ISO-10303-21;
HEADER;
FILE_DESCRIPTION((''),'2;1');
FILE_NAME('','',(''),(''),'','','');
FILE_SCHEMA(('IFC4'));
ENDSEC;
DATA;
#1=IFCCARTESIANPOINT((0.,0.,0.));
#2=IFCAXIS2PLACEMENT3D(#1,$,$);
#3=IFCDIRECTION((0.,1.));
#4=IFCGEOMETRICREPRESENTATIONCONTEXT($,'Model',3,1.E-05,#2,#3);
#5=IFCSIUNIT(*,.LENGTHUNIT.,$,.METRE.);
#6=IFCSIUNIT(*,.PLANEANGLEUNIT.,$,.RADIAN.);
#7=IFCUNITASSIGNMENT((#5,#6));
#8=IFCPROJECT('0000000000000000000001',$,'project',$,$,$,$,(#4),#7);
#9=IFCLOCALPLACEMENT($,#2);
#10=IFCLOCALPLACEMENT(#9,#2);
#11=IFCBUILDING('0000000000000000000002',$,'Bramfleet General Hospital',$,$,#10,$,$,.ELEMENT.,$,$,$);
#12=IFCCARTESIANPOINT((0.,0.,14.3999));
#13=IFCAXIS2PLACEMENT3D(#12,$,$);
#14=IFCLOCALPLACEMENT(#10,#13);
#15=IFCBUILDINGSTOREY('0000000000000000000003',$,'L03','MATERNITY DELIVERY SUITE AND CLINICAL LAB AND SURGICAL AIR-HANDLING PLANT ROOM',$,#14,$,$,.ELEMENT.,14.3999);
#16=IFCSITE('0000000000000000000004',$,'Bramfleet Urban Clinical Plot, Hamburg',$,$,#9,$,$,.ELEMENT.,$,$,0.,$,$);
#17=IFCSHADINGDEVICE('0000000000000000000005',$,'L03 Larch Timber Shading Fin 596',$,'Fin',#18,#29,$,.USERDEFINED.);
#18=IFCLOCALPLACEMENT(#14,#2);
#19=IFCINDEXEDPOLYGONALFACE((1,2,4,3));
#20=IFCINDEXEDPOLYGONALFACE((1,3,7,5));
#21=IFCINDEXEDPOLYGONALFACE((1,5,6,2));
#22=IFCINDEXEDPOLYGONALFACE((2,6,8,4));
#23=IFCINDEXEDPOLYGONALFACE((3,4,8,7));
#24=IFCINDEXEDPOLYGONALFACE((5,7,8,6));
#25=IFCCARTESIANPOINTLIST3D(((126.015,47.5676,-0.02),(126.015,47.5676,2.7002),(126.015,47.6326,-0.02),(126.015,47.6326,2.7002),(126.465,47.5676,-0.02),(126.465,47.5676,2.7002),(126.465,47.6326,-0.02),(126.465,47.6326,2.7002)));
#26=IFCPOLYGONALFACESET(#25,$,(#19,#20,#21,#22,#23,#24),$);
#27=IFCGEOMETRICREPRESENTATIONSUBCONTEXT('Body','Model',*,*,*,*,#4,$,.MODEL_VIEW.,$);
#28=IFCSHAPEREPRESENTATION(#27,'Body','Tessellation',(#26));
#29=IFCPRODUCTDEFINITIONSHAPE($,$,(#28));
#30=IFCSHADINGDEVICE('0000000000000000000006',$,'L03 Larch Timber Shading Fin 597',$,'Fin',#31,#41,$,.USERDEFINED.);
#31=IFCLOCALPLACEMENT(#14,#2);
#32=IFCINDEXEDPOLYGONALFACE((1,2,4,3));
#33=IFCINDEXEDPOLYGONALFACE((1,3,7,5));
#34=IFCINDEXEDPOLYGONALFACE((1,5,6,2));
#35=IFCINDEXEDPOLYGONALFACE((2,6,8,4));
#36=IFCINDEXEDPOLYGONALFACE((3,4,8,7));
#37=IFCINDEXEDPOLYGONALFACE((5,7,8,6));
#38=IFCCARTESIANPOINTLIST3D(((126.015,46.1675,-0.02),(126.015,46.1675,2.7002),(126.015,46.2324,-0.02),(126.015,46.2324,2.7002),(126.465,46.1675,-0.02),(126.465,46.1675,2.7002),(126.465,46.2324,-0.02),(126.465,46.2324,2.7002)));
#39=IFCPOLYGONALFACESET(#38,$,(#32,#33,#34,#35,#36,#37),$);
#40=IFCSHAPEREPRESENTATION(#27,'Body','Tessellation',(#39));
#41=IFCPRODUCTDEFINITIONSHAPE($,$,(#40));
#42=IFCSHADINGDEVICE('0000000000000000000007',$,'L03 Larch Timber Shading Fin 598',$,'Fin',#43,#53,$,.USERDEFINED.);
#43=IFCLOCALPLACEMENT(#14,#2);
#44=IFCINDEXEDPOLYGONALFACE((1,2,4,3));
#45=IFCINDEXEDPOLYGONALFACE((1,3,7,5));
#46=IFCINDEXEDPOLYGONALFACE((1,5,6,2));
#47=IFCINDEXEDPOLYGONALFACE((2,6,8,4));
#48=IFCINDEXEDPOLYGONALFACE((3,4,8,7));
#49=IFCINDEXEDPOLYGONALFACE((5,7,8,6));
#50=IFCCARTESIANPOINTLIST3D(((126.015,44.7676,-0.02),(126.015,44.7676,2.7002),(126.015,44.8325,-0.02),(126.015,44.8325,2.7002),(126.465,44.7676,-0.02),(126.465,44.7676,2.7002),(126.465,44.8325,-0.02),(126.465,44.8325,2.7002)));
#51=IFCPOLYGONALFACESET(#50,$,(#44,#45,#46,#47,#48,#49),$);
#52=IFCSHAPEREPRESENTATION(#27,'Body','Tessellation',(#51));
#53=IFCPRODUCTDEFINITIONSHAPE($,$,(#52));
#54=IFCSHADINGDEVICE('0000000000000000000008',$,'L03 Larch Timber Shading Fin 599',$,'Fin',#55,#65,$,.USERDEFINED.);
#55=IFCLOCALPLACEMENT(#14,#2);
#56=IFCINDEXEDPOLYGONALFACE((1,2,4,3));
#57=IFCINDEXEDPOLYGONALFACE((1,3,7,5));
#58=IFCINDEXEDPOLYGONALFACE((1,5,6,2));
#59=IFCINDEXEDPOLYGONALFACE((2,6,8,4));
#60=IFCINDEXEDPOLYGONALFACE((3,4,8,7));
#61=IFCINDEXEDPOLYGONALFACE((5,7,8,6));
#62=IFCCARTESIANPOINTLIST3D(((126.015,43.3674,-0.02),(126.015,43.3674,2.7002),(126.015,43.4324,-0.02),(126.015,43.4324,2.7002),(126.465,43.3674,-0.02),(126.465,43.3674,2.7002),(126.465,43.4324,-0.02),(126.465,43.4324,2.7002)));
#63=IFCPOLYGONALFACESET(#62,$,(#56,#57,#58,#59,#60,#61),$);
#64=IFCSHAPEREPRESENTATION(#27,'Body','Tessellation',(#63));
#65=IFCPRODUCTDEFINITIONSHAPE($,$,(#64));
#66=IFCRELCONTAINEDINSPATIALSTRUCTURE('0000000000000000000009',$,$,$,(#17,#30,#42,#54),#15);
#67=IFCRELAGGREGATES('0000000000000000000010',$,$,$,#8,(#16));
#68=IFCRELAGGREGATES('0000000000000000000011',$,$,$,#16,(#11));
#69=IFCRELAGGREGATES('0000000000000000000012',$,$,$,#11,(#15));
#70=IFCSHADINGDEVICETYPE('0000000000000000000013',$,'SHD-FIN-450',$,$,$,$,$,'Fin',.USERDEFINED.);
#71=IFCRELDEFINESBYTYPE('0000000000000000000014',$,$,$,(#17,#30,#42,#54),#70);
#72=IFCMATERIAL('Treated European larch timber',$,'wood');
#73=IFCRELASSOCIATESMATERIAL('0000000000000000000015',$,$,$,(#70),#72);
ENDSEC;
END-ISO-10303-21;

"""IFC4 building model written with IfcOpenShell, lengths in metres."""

from ifc_helpers import new_model, si_unit, direction, frame, origin, origin_2d, place, context, subcontext, project, spatial, rectangle, extrude, material, material_profile, profile_set, type_object, element, save


model = new_model("IFC4")

# Units and contexts
model_context = context("Model", 3, precision=1e-05, world=origin(), true_north=direction((0.0, 1.0)))
body_context = subcontext(model_context, "Body", "Model", "MODEL_VIEW")
ifc_project = project(units=[si_unit("LENGTHUNIT", "METRE"), si_unit("PLANEANGLEUNIT", "RADIAN")], contexts=[model_context])

# Site, building, storey
site_placement = place(None, origin())
site = spatial("IfcSite", under=ifc_project, at=site_placement, Name="Bramfleet Urban Clinical Plot, Hamburg", CompositionType="ELEMENT", RefElevation=0.0)
building_placement = place(site_placement, origin())
building = spatial("IfcBuilding", under=site, at=building_placement, Name="Bramfleet General Hospital", CompositionType="ELEMENT")
storey_placement = place(building_placement, frame((0.0, 0.0, 14.3999)))
storey = spatial("IfcBuildingStorey", under=building, at=storey_placement, Name="L03", Description="MATERNITY DELIVERY SUITE AND CLINICAL LAB AND SURGICAL AIR-HANDLING PLANT ROOM", CompositionType="ELEMENT", Elevation=14.3999)

# Shading devices
ifc_material_1 = material(Name="Treated European larch timber", Category="wood")
ifc_material_profile_1 = material_profile(ifc_material_1, rectangle(XDim=0.0649, YDim=0.45, at=origin_2d()), Name="LARCH FIN 450x65")
ifc_profile_set_1 = profile_set([ifc_material_profile_1], Name="Treated European larch timber")
shading_device_type = type_object("IfcShadingDeviceType", Name="SHD-FIN-450", ElementType="Fin", PredefinedType="USERDEFINED", material=ifc_profile_set_1)
for number, where, z_axis, x_axis, name in (
    (1, (126.24, 47.6001, -0.02), (0.0, 0.0, 1.0), (0.0, -1.0, 0.0), "L03 Larch Timber Shading Fin 596"),
    (2, (126.24, 46.2, -0.02), (0.0, 0.0, 1.0), (0.0, -1.0, 0.0), "L03 Larch Timber Shading Fin 597"),
    (3, (126.24, 44.8, -0.02), (0.0, 0.0, 1.0), (0.0, -1.0, 0.0), "L03 Larch Timber Shading Fin 598"),
    (4, (126.24, 43.3999, -0.02), (0.0, 0.0, 1.0), (0.0, -1.0, 0.0), "L03 Larch Timber Shading Fin 599"),
):
    element("IfcShadingDevice", number, at=place(storey_placement, frame(where, z_axis=z_axis, x_axis=x_axis)), inside=storey, type_object=shading_device_type, Name=name, ObjectType="Fin", PredefinedType="USERDEFINED", context=body_context, shape_type="SweptSolid", body=[
        extrude(rectangle(XDim=0.0649, YDim=0.45, at=origin_2d()), origin(), (0.0, 0.0, 1.0), 2.7202),
    ])

save(model, "model.ifc")
